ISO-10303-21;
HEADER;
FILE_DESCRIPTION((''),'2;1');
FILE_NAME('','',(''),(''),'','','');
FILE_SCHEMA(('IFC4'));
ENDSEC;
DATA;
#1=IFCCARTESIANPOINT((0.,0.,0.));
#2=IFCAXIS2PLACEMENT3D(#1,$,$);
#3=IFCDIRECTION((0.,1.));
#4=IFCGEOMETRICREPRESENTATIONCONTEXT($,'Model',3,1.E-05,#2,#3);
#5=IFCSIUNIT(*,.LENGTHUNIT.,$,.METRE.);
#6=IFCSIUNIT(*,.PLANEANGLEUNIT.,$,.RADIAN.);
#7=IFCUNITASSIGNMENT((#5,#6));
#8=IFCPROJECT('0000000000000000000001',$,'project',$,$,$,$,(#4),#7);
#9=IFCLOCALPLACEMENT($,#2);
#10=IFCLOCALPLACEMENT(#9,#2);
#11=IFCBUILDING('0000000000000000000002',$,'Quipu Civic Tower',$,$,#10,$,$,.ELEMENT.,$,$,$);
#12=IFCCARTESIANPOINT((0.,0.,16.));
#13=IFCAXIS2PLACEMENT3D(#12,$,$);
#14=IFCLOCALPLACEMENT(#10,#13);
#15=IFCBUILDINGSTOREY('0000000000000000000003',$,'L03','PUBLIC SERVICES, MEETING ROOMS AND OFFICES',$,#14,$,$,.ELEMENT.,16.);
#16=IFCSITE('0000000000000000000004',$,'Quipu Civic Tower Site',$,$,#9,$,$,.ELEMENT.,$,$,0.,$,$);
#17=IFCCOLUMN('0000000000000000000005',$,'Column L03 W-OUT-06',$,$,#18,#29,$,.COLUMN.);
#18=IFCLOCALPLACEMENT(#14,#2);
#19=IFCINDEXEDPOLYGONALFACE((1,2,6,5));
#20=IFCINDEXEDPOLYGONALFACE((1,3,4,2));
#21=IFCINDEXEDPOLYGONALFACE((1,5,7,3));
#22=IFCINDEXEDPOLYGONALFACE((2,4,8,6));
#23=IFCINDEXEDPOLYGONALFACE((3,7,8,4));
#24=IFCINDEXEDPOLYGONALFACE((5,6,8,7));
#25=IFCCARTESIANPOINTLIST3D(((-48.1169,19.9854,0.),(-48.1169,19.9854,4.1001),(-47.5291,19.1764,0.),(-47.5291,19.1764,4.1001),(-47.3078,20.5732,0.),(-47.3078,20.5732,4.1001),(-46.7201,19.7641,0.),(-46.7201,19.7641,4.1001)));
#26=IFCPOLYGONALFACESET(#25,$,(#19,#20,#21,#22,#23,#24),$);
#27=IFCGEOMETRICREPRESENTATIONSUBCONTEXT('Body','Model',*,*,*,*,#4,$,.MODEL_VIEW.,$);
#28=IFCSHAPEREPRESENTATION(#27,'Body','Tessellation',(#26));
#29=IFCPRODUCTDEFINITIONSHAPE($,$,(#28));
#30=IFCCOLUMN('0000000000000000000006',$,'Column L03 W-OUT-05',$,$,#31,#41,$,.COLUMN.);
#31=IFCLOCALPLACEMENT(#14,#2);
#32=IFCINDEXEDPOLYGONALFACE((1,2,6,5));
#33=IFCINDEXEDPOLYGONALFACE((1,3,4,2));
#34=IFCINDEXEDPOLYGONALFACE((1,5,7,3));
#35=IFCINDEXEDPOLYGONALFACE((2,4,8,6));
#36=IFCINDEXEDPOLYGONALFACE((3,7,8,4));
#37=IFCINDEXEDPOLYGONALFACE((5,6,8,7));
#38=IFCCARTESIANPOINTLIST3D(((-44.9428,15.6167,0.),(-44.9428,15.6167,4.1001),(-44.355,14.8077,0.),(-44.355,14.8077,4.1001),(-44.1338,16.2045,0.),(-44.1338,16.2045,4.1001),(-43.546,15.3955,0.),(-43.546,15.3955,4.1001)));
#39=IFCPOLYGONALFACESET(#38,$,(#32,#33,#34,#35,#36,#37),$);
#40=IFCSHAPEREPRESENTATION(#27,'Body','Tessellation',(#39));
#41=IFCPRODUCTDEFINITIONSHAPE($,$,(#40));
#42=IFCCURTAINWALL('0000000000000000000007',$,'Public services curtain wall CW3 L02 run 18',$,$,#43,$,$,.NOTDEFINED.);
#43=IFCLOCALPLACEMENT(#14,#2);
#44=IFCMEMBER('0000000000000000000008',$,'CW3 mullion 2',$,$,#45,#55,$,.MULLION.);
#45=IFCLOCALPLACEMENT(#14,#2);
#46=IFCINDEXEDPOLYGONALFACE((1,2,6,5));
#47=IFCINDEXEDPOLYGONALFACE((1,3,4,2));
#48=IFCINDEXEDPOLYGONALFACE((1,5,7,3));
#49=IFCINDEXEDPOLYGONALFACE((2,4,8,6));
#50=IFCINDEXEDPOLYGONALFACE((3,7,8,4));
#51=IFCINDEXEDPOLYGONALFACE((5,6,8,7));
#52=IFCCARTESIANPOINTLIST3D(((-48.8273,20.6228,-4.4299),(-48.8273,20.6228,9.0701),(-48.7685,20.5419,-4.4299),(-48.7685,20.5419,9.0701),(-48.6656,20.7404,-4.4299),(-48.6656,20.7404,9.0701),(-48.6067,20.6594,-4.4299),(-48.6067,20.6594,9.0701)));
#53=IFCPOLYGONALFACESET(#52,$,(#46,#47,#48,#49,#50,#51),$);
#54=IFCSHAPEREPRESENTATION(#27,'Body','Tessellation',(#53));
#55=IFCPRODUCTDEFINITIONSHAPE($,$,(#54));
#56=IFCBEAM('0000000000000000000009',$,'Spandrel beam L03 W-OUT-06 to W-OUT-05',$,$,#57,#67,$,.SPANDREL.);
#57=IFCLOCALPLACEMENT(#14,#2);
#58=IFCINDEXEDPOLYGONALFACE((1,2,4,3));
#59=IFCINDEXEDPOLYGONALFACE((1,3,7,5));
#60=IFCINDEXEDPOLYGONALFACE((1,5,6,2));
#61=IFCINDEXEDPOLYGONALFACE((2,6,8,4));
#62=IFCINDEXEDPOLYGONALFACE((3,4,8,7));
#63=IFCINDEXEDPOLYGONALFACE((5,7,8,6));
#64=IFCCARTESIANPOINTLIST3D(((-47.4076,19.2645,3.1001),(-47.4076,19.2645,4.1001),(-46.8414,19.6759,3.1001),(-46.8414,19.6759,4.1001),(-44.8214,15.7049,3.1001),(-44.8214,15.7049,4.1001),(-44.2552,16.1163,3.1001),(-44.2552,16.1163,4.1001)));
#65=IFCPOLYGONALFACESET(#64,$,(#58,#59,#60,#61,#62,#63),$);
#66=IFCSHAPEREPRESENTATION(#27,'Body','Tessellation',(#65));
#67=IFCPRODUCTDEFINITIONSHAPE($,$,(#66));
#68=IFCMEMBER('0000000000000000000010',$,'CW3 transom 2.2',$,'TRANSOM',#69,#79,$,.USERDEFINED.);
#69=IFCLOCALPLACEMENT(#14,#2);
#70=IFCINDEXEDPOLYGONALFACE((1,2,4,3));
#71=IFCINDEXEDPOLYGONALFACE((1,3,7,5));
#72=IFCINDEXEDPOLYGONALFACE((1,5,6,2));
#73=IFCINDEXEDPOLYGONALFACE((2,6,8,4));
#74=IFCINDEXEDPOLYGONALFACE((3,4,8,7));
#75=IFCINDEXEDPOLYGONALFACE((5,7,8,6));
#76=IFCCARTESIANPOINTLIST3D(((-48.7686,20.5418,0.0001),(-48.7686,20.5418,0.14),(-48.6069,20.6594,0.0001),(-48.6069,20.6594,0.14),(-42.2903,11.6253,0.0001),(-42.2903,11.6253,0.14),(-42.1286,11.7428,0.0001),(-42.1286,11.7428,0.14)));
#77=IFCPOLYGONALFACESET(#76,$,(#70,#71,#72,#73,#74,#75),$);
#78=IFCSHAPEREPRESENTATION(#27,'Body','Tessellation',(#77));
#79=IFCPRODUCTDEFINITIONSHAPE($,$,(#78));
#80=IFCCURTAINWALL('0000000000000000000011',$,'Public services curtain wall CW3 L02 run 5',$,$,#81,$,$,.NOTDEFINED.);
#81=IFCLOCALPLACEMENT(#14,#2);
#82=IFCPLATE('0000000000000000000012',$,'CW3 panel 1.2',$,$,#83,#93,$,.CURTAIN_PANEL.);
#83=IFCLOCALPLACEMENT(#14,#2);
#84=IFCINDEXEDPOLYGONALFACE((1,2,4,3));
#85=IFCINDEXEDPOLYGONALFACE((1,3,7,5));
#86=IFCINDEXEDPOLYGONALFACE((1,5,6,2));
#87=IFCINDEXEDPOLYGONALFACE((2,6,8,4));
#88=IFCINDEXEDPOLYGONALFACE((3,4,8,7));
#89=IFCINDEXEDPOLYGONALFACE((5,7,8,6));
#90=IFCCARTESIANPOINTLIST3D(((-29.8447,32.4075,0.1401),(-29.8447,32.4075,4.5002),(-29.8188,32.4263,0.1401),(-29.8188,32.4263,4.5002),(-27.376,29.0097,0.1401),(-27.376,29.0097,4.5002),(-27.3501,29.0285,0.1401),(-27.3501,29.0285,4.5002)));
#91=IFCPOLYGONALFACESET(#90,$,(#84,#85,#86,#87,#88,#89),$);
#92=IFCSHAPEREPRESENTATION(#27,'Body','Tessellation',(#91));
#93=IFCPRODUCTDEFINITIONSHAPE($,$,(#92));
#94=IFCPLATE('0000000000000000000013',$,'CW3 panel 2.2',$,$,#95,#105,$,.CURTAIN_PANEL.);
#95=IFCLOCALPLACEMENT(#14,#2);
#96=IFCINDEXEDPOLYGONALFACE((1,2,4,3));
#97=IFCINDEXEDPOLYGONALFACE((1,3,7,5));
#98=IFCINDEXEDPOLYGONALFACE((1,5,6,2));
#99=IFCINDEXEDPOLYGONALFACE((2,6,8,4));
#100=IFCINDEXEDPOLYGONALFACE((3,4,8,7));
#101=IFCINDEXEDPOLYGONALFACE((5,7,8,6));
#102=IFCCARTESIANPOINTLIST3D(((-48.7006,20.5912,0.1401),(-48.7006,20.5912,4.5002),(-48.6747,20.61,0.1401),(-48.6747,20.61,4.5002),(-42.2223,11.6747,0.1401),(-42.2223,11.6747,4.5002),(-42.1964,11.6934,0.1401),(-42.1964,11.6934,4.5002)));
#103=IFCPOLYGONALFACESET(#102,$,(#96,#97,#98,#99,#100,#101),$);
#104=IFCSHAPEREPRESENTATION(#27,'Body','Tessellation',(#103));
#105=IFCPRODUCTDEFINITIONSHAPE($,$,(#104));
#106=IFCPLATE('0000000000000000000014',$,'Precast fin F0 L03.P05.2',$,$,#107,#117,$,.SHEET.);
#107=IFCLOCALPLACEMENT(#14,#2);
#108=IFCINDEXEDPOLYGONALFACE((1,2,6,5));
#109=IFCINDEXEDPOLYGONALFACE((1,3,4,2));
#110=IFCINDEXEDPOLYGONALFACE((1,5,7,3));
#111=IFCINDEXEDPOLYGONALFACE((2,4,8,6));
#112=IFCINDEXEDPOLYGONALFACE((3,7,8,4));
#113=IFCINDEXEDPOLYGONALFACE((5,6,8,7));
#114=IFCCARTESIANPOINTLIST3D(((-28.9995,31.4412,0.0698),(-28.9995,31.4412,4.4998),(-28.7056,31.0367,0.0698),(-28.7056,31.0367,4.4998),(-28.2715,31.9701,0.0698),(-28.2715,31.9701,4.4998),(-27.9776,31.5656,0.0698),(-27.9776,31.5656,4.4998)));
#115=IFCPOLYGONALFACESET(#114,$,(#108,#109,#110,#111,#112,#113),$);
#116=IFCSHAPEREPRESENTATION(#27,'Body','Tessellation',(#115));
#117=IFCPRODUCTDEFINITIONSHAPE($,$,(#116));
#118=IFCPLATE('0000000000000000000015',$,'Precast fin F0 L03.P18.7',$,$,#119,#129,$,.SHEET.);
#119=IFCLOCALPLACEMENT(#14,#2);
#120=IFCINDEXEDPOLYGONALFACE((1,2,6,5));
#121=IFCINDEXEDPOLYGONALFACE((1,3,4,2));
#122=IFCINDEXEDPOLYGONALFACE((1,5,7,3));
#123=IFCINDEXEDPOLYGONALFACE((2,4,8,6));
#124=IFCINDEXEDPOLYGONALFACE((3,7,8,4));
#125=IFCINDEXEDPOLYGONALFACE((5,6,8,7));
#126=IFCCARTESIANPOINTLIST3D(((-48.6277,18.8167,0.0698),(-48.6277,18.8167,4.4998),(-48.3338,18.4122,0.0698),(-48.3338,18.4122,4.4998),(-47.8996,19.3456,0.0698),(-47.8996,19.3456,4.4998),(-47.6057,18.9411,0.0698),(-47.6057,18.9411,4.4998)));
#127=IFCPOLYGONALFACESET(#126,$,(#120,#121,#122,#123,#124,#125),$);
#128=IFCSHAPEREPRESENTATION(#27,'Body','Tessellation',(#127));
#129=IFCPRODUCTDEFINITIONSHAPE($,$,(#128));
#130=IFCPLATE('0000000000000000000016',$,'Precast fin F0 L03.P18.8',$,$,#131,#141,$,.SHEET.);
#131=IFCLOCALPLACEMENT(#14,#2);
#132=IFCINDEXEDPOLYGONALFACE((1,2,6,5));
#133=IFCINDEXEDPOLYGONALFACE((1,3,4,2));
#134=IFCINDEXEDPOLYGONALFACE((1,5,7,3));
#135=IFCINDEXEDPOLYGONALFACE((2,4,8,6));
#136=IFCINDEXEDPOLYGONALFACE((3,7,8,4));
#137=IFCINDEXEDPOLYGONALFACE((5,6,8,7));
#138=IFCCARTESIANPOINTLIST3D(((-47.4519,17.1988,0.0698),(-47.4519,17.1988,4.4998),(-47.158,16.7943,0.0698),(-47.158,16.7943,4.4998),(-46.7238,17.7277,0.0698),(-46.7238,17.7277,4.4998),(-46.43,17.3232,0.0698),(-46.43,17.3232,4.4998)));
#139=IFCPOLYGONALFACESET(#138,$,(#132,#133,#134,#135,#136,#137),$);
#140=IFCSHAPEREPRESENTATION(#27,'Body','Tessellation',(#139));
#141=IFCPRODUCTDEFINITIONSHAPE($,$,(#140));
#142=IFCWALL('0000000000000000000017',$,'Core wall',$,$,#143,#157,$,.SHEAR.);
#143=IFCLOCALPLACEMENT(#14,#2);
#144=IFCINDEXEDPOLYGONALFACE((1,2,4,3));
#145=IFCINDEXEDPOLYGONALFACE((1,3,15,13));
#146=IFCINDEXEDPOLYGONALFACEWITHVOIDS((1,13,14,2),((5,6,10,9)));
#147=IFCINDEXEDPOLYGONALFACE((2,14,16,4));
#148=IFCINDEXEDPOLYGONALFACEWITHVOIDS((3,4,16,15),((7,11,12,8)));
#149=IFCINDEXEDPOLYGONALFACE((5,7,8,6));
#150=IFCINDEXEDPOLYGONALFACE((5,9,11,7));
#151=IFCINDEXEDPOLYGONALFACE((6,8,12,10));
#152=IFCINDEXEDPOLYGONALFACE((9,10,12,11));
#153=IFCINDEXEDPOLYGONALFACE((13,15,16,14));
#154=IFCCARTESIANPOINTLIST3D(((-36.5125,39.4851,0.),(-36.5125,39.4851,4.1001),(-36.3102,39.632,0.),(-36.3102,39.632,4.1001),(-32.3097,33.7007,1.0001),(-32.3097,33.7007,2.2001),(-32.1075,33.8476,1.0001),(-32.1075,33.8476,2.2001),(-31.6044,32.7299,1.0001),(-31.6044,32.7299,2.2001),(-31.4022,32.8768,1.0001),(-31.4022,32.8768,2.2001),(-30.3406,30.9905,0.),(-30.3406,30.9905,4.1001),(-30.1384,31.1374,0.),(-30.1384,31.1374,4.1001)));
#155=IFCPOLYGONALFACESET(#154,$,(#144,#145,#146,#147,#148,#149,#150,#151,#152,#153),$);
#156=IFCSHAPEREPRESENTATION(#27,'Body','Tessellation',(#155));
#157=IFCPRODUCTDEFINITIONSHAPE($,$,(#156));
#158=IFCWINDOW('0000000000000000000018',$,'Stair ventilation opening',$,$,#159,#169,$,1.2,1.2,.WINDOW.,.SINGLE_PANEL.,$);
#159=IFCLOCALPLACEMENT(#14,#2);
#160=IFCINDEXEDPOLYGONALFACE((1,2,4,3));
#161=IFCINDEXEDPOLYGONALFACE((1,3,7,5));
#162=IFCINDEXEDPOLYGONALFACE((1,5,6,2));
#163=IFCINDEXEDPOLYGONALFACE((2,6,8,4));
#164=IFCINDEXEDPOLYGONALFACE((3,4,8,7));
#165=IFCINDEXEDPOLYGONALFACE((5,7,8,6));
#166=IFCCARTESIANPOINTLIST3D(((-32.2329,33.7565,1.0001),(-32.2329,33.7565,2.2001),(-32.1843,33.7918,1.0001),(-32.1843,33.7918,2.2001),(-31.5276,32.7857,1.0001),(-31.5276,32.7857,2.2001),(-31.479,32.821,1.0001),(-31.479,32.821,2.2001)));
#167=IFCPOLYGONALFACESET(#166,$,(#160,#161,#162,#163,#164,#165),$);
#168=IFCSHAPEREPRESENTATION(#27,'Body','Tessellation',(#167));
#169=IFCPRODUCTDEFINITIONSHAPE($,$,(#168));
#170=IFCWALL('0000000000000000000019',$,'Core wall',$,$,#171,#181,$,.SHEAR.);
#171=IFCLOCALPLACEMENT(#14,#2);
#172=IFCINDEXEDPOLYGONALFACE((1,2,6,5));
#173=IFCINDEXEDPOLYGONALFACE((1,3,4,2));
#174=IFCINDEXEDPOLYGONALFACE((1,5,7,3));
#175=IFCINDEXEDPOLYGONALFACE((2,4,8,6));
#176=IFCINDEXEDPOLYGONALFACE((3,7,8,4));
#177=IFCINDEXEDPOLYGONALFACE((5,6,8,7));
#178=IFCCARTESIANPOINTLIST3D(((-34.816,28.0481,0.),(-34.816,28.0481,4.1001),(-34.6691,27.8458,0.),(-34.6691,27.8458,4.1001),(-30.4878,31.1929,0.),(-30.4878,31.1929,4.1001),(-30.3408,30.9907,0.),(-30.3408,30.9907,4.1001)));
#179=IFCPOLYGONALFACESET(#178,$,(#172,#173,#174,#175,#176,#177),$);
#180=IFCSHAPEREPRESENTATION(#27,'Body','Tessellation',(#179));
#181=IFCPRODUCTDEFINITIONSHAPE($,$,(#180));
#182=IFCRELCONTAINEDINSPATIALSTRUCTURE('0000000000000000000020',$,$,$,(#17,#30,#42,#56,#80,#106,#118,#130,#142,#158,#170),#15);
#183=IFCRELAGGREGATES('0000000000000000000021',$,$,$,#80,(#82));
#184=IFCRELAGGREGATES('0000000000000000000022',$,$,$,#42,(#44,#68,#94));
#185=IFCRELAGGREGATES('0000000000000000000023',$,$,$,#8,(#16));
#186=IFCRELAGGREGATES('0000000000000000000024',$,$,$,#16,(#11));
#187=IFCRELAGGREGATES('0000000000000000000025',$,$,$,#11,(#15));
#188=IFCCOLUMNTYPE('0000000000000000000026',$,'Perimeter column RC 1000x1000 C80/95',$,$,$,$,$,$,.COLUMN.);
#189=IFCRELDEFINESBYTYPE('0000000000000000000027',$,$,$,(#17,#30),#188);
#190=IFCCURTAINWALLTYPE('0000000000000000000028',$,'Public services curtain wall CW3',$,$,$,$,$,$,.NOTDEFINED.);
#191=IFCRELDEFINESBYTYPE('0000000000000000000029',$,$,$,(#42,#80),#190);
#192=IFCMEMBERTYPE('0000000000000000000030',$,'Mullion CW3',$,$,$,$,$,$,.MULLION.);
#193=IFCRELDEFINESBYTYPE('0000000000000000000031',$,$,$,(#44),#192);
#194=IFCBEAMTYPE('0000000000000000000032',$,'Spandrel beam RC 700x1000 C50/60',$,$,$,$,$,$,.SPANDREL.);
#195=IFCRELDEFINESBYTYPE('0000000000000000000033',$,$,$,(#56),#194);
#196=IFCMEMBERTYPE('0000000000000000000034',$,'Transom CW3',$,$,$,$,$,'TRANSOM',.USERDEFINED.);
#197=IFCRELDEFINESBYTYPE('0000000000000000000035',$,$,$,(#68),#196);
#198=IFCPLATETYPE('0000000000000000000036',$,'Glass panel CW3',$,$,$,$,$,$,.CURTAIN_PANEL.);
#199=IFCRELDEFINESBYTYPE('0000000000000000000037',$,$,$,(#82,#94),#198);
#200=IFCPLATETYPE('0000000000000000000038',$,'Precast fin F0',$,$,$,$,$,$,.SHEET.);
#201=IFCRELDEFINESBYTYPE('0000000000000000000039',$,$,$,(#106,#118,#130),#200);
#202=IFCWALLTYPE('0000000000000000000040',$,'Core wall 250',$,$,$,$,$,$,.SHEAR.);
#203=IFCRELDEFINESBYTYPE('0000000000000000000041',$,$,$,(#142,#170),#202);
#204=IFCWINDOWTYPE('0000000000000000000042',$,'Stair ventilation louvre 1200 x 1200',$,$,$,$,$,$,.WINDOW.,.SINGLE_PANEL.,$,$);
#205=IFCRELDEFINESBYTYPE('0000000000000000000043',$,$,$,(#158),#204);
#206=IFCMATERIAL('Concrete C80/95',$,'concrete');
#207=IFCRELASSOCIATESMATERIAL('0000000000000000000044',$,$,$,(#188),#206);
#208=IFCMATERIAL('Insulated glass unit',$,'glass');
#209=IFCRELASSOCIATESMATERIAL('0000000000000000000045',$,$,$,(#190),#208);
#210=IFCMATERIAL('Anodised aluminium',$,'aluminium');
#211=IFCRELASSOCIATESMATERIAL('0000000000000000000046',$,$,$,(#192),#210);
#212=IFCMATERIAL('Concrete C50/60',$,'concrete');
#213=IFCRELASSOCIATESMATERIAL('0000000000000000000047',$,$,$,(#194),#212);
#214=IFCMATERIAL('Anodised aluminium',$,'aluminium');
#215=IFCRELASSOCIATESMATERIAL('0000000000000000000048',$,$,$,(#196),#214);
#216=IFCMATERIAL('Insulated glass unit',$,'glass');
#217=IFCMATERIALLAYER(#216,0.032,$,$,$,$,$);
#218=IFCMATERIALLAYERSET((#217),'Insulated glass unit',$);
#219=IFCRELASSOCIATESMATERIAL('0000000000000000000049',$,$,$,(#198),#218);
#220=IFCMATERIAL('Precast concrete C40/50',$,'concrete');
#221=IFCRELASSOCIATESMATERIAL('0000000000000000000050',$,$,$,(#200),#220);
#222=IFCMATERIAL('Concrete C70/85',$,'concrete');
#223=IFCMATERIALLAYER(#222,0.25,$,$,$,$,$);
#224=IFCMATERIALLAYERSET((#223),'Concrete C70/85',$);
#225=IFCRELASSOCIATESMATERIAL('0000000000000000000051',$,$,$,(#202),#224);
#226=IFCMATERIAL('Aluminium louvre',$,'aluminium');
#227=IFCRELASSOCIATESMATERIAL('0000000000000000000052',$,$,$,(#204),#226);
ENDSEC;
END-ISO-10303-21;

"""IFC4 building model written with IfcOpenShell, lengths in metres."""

from ifc_helpers import new_model, si_unit, direction, frame, frame_2d, origin, origin_2d, place, context, subcontext, project, spatial, rectangle, extrude, material, layer, layer_set, material_profile, profile_set, type_object, element, fill, aggregate, save


model = new_model("IFC4")

# Units and contexts
model_context = context("Model", 3, precision=1e-05, world=origin(), true_north=direction((0.0, 1.0)))
body_context = subcontext(model_context, "Body", "Model", "MODEL_VIEW")
ifc_project = project(units=[si_unit("LENGTHUNIT", "METRE"), si_unit("PLANEANGLEUNIT", "RADIAN")], contexts=[model_context])

# Site, building, storey
site_placement = place(None, origin())
site = spatial("IfcSite", under=ifc_project, at=site_placement, Name="Quipu Civic Tower Site", CompositionType="ELEMENT", RefElevation=0.0)
building_placement = place(site_placement, origin())
building = spatial("IfcBuilding", under=site, at=building_placement, Name="Quipu Civic Tower", CompositionType="ELEMENT")
storey_placement = place(building_placement, frame((0.0, 0.0, 16.0)))
storey = spatial("IfcBuildingStorey", under=building, at=storey_placement, Name="L03", Description="PUBLIC SERVICES, MEETING ROOMS AND OFFICES", CompositionType="ELEMENT", Elevation=16.0)

# Columns
ifc_material_1 = material(Name="Concrete C80/95", Category="concrete")
ifc_material_profile_1 = material_profile(ifc_material_1, rectangle(XDim=1.0, YDim=1.0, at=origin_2d()), Name="RC1000x1000")
ifc_profile_set_1 = profile_set([ifc_material_profile_1], Name="Concrete C80/95")
column_type = type_object("IfcColumnType", Name="Perimeter column RC 1000x1000 C80/95", PredefinedType="COLUMN", material=ifc_profile_set_1)
for number, where, z_axis, x_axis, name in (
    (1, (-47.4185, 19.8748, 0.0), (0.0, 0.0, 1.0), (0.587785, -0.809017, 0.0), "Column L03 W-OUT-06"),
    (2, (-44.2444, 15.5061, 0.0), (0.0, 0.0, 1.0), (0.587785, -0.809017, 0.0), "Column L03 W-OUT-05"),
):
    element("IfcColumn", number, at=place(storey_placement, frame(where, z_axis=z_axis, x_axis=x_axis)), inside=storey, type_object=column_type, Name=name, PredefinedType="COLUMN", context=body_context, shape_type="SweptSolid", body=[
        extrude(rectangle(XDim=1.0, YDim=1.0, at=origin_2d()), origin(), (0.0, 0.0, 1.0), 4.1001),
    ])

# Curtain wall, member
ifc_material_2 = material(Name="Insulated glass unit", Category="glass")
curtain_wall_type = type_object("IfcCurtainWallType", Name="Public services curtain wall CW3", PredefinedType="NOTDEFINED", material=ifc_material_2)
curtain_wall_1_placement = place(storey_placement, origin())
curtain_wall_1 = element("IfcCurtainWall", 3, at=curtain_wall_1_placement, inside=storey, type_object=curtain_wall_type, Name="Public services curtain wall CW3 L02 run 18", PredefinedType="NOTDEFINED")
ifc_material_3 = material(Name="Anodised aluminium", Category="aluminium")
ifc_material_profile_2 = material_profile(ifc_material_3, rectangle(XDim=0.2, YDim=0.1001, at=origin_2d()), Name="RECT 200x100")
ifc_profile_set_2 = profile_set([ifc_material_profile_2], Name="Anodised aluminium")
member_type_1 = type_object("IfcMemberType", Name="Mullion CW3", PredefinedType="MULLION", material=ifc_profile_set_2)
member_1_placement = place(storey_placement, frame((-48.717, 20.6411, -4.4299), z_axis=(0.0, 0.0, 1.0), x_axis=(0.809017, 0.587785, 0.0)))
member_1 = element("IfcMember", 4, at=member_1_placement, type_object=member_type_1, Name="CW3 mullion 2", PredefinedType="MULLION", context=body_context, shape_type="SweptSolid", body=[
    extrude(rectangle(XDim=0.2, YDim=0.1001, at=origin_2d()), origin(), (0.0, 0.0, 1.0), 13.5),
])

# Beam
ifc_material_4 = material(Name="Concrete C50/60", Category="concrete")
ifc_material_profile_3 = material_profile(ifc_material_4, rectangle(XDim=0.7, YDim=1.0, at=origin_2d()), Name="RC700x1000")
ifc_profile_set_3 = profile_set([ifc_material_profile_3], Name="Concrete C50/60")
beam_type = type_object("IfcBeamType", Name="Spandrel beam RC 700x1000 C50/60", PredefinedType="SPANDREL", material=ifc_profile_set_3)
beam_placement = place(storey_placement, frame((-47.1245, 19.4702, 3.6001), z_axis=(0.587786, -0.809017, 0.0), x_axis=(0.809017, 0.587786, 0.0)))
element("IfcBeam", 5, at=beam_placement, inside=storey, type_object=beam_type, Name="Spandrel beam L03 W-OUT-06 to W-OUT-05", PredefinedType="SPANDREL", context=body_context, shape_type="SweptSolid", body=[
    extrude(rectangle(XDim=0.7, YDim=1.0, at=origin_2d()), origin(), (0.0, 0.0, 1.0), 4.3999),
])

# Member
ifc_material_5 = material(Name="Anodised aluminium", Category="aluminium")
ifc_material_profile_4 = material_profile(ifc_material_5, rectangle(XDim=0.2, YDim=0.1399, at=origin_2d()), Name="RECT 200x140")
ifc_profile_set_4 = profile_set([ifc_material_profile_4], Name="Anodised aluminium")
member_type_2 = type_object("IfcMemberType", Name="Transom CW3", ElementType="TRANSOM", PredefinedType="USERDEFINED", material=ifc_profile_set_4)
member_2_placement = place(storey_placement, frame((-48.6877, 20.6006, 0.0701), z_axis=(0.587788, -0.809015, 0.0), x_axis=(0.809015, 0.587788, 0.0)))
member_2 = element("IfcMember", 6, at=member_2_placement, type_object=member_type_2, Name="CW3 transom 2.2", ObjectType="TRANSOM", PredefinedType="USERDEFINED", context=body_context, shape_type="SweptSolid", body=[
    extrude(rectangle(XDim=0.2, YDim=0.1399, at=origin_2d()), origin(), (0.0, 0.0, 1.0), 11.0215),
])

# Curtain wall, plate
curtain_wall_2_placement = place(storey_placement, origin())
curtain_wall_2 = element("IfcCurtainWall", 7, at=curtain_wall_2_placement, inside=storey, type_object=curtain_wall_type, Name="Public services curtain wall CW3 L02 run 5", PredefinedType="NOTDEFINED")
ifc_material_6 = material(Name="Insulated glass unit", Category="glass")
ifc_layer_1 = layer(ifc_material_6, 0.032)
ifc_layer_set_1 = layer_set([ifc_layer_1], Name="Insulated glass unit")
plate_type_1 = type_object("IfcPlateType", Name="Glass panel CW3", PredefinedType="CURTAIN_PANEL", material=ifc_layer_set_1)
plate_1_placement = place(storey_placement, frame((-28.5974, 30.718, 0.1401), z_axis=(0.0, 0.0, 1.0), x_axis=(-0.587785, 0.809017, 0.0)))
plate_1 = element("IfcPlate", 8, at=plate_1_placement, type_object=plate_type_1, Name="CW3 panel 1.2", PredefinedType="CURTAIN_PANEL", context=body_context, shape_type="SweptSolid", body=[
    extrude(rectangle(XDim=4.2, YDim=0.032, at=origin_2d()), origin(), (0.0, 0.0, 1.0), 4.3601),
])
aggregate(curtain_wall_2, [plate_1])

# Plate
plate_2_placement = place(storey_placement, frame((-45.4485, 16.1423, 0.1401), z_axis=(0.0, 0.0, 1.0), x_axis=(0.587785, -0.809017, 0.0)))
plate_2 = element("IfcPlate", 9, at=plate_2_placement, type_object=plate_type_1, Name="CW3 panel 2.2", PredefinedType="CURTAIN_PANEL", context=body_context, shape_type="SweptSolid", body=[
    extrude(rectangle(XDim=11.0215, YDim=0.032, at=origin_2d()), origin(), (0.0, 0.0, 1.0), 4.3601),
])
aggregate(curtain_wall_1, [member_1, member_2, plate_2])

# Plates
ifc_material_7 = material(Name="Precast concrete C40/50", Category="concrete")
plate_type_2 = type_object("IfcPlateType", Name="Precast fin F0", PredefinedType="SHEET", material=ifc_material_7)
for number, where, z_axis, x_axis, name in (
    (10, (-28.4885, 31.5034, 0.0698), (0.0, 0.0, 1.0), (-0.587785, 0.809017, 0.0), "Precast fin F0 L03.P05.2"),
    (11, (-48.1167, 18.8789, 0.0698), (0.0, 0.0, 1.0), (0.587786, -0.809017, 0.0), "Precast fin F0 L03.P18.7"),
    (12, (-46.9409, 17.261, 0.0698), (0.0, 0.0, 1.0), (0.587786, -0.809017, 0.0), "Precast fin F0 L03.P18.8"),
):
    element("IfcPlate", number, at=place(storey_placement, frame(where, z_axis=z_axis, x_axis=x_axis)), inside=storey, type_object=plate_type_2, Name=name, PredefinedType="SHEET", context=body_context, shape_type="SweptSolid", body=[
        extrude(rectangle(XDim=0.5, YDim=0.8999, at=origin_2d()), origin(), (0.0, 0.0, 1.0), 4.4299),
    ])

# Wall, opening, window
ifc_material_8 = material(Name="Concrete C70/85", Category="concrete")
ifc_layer_2 = layer(ifc_material_8, 0.25)
ifc_layer_set_2 = layer_set([ifc_layer_2], Name="Concrete C70/85")
wall_type_1 = type_object("IfcWallType", Name="Core wall 250", PredefinedType="SHEAR", material=ifc_layer_set_2)
wall_1_placement = place(storey_placement, frame((-30.2395, 31.064, 0.0), z_axis=(0.0, 0.0, 1.0), x_axis=(-0.587796, 0.809009, 0.0)))
wall_1 = element("IfcWall", 13, at=wall_1_placement, inside=storey, type_object=wall_type_1, Name="Core wall", PredefinedType="SHEAR", context=body_context, shape_type="SweptSolid", body=[
    extrude(rectangle(XDim=10.5, YDim=0.25, at=frame_2d((5.25, 0.0))), origin(), (0.0, 0.0, 1.0), 4.1001),
])
opening_1_placement = place(wall_1_placement, frame((2.1499, 0.0, 1.0)))
opening_1 = element("IfcOpeningElement", 14, at=opening_1_placement, cuts=wall_1, PredefinedType="OPENING", context=body_context, shape_type="SweptSolid", body=[
    extrude(rectangle(XDim=1.2, YDim=1.2, at=frame_2d((0.6001, 0.6001))), frame((0.0, 0.135, 0.0), z_axis=(0.0, -1.0, 0.0), x_axis=(1.0, 0.0, 0.0)), (0.0, 0.0, 1.0), 0.27),
])
ifc_material_9 = material(Name="Aluminium louvre", Category="aluminium")
window_type = type_object("IfcWindowType", Name="Stair ventilation louvre 1200 x 1200", PartitioningType="SINGLE_PANEL", PredefinedType="WINDOW", material=ifc_material_9)
window_placement = place(opening_1_placement, origin())
window = element("IfcWindow", 15, at=window_placement, inside=storey, type_object=window_type, Name="Stair ventilation opening", OverallHeight=1.2, OverallWidth=1.2, PartitioningType="SINGLE_PANEL", PredefinedType="WINDOW", context=body_context, shape_type="SweptSolid", body=[
    extrude(rectangle(XDim=1.2, YDim=1.2, at=frame_2d((0.6001, 0.6001))), frame((0.0, 0.03, 0.0), z_axis=(0.0, -1.0, 0.0), x_axis=(1.0, 0.0, 0.0)), (0.0, 0.0, 1.0), 0.0601),
])
fill(opening_1, window)

# Wall
wall_2_placement = place(storey_placement, frame((-30.4143, 31.0918, 0.0), z_axis=(0.0, 0.0, 1.0), x_axis=(-0.808998, -0.587811, 0.0)))
element("IfcWall", 16, at=wall_2_placement, inside=storey, type_object=wall_type_1, Name="Core wall", PredefinedType="SHEAR", context=body_context, shape_type="SweptSolid", body=[
    extrude(rectangle(XDim=5.3501, YDim=0.25, at=frame_2d((2.675, 0.0))), origin(), (0.0, 0.0, 1.0), 4.1001),
])

save(model, "model.ifc")
